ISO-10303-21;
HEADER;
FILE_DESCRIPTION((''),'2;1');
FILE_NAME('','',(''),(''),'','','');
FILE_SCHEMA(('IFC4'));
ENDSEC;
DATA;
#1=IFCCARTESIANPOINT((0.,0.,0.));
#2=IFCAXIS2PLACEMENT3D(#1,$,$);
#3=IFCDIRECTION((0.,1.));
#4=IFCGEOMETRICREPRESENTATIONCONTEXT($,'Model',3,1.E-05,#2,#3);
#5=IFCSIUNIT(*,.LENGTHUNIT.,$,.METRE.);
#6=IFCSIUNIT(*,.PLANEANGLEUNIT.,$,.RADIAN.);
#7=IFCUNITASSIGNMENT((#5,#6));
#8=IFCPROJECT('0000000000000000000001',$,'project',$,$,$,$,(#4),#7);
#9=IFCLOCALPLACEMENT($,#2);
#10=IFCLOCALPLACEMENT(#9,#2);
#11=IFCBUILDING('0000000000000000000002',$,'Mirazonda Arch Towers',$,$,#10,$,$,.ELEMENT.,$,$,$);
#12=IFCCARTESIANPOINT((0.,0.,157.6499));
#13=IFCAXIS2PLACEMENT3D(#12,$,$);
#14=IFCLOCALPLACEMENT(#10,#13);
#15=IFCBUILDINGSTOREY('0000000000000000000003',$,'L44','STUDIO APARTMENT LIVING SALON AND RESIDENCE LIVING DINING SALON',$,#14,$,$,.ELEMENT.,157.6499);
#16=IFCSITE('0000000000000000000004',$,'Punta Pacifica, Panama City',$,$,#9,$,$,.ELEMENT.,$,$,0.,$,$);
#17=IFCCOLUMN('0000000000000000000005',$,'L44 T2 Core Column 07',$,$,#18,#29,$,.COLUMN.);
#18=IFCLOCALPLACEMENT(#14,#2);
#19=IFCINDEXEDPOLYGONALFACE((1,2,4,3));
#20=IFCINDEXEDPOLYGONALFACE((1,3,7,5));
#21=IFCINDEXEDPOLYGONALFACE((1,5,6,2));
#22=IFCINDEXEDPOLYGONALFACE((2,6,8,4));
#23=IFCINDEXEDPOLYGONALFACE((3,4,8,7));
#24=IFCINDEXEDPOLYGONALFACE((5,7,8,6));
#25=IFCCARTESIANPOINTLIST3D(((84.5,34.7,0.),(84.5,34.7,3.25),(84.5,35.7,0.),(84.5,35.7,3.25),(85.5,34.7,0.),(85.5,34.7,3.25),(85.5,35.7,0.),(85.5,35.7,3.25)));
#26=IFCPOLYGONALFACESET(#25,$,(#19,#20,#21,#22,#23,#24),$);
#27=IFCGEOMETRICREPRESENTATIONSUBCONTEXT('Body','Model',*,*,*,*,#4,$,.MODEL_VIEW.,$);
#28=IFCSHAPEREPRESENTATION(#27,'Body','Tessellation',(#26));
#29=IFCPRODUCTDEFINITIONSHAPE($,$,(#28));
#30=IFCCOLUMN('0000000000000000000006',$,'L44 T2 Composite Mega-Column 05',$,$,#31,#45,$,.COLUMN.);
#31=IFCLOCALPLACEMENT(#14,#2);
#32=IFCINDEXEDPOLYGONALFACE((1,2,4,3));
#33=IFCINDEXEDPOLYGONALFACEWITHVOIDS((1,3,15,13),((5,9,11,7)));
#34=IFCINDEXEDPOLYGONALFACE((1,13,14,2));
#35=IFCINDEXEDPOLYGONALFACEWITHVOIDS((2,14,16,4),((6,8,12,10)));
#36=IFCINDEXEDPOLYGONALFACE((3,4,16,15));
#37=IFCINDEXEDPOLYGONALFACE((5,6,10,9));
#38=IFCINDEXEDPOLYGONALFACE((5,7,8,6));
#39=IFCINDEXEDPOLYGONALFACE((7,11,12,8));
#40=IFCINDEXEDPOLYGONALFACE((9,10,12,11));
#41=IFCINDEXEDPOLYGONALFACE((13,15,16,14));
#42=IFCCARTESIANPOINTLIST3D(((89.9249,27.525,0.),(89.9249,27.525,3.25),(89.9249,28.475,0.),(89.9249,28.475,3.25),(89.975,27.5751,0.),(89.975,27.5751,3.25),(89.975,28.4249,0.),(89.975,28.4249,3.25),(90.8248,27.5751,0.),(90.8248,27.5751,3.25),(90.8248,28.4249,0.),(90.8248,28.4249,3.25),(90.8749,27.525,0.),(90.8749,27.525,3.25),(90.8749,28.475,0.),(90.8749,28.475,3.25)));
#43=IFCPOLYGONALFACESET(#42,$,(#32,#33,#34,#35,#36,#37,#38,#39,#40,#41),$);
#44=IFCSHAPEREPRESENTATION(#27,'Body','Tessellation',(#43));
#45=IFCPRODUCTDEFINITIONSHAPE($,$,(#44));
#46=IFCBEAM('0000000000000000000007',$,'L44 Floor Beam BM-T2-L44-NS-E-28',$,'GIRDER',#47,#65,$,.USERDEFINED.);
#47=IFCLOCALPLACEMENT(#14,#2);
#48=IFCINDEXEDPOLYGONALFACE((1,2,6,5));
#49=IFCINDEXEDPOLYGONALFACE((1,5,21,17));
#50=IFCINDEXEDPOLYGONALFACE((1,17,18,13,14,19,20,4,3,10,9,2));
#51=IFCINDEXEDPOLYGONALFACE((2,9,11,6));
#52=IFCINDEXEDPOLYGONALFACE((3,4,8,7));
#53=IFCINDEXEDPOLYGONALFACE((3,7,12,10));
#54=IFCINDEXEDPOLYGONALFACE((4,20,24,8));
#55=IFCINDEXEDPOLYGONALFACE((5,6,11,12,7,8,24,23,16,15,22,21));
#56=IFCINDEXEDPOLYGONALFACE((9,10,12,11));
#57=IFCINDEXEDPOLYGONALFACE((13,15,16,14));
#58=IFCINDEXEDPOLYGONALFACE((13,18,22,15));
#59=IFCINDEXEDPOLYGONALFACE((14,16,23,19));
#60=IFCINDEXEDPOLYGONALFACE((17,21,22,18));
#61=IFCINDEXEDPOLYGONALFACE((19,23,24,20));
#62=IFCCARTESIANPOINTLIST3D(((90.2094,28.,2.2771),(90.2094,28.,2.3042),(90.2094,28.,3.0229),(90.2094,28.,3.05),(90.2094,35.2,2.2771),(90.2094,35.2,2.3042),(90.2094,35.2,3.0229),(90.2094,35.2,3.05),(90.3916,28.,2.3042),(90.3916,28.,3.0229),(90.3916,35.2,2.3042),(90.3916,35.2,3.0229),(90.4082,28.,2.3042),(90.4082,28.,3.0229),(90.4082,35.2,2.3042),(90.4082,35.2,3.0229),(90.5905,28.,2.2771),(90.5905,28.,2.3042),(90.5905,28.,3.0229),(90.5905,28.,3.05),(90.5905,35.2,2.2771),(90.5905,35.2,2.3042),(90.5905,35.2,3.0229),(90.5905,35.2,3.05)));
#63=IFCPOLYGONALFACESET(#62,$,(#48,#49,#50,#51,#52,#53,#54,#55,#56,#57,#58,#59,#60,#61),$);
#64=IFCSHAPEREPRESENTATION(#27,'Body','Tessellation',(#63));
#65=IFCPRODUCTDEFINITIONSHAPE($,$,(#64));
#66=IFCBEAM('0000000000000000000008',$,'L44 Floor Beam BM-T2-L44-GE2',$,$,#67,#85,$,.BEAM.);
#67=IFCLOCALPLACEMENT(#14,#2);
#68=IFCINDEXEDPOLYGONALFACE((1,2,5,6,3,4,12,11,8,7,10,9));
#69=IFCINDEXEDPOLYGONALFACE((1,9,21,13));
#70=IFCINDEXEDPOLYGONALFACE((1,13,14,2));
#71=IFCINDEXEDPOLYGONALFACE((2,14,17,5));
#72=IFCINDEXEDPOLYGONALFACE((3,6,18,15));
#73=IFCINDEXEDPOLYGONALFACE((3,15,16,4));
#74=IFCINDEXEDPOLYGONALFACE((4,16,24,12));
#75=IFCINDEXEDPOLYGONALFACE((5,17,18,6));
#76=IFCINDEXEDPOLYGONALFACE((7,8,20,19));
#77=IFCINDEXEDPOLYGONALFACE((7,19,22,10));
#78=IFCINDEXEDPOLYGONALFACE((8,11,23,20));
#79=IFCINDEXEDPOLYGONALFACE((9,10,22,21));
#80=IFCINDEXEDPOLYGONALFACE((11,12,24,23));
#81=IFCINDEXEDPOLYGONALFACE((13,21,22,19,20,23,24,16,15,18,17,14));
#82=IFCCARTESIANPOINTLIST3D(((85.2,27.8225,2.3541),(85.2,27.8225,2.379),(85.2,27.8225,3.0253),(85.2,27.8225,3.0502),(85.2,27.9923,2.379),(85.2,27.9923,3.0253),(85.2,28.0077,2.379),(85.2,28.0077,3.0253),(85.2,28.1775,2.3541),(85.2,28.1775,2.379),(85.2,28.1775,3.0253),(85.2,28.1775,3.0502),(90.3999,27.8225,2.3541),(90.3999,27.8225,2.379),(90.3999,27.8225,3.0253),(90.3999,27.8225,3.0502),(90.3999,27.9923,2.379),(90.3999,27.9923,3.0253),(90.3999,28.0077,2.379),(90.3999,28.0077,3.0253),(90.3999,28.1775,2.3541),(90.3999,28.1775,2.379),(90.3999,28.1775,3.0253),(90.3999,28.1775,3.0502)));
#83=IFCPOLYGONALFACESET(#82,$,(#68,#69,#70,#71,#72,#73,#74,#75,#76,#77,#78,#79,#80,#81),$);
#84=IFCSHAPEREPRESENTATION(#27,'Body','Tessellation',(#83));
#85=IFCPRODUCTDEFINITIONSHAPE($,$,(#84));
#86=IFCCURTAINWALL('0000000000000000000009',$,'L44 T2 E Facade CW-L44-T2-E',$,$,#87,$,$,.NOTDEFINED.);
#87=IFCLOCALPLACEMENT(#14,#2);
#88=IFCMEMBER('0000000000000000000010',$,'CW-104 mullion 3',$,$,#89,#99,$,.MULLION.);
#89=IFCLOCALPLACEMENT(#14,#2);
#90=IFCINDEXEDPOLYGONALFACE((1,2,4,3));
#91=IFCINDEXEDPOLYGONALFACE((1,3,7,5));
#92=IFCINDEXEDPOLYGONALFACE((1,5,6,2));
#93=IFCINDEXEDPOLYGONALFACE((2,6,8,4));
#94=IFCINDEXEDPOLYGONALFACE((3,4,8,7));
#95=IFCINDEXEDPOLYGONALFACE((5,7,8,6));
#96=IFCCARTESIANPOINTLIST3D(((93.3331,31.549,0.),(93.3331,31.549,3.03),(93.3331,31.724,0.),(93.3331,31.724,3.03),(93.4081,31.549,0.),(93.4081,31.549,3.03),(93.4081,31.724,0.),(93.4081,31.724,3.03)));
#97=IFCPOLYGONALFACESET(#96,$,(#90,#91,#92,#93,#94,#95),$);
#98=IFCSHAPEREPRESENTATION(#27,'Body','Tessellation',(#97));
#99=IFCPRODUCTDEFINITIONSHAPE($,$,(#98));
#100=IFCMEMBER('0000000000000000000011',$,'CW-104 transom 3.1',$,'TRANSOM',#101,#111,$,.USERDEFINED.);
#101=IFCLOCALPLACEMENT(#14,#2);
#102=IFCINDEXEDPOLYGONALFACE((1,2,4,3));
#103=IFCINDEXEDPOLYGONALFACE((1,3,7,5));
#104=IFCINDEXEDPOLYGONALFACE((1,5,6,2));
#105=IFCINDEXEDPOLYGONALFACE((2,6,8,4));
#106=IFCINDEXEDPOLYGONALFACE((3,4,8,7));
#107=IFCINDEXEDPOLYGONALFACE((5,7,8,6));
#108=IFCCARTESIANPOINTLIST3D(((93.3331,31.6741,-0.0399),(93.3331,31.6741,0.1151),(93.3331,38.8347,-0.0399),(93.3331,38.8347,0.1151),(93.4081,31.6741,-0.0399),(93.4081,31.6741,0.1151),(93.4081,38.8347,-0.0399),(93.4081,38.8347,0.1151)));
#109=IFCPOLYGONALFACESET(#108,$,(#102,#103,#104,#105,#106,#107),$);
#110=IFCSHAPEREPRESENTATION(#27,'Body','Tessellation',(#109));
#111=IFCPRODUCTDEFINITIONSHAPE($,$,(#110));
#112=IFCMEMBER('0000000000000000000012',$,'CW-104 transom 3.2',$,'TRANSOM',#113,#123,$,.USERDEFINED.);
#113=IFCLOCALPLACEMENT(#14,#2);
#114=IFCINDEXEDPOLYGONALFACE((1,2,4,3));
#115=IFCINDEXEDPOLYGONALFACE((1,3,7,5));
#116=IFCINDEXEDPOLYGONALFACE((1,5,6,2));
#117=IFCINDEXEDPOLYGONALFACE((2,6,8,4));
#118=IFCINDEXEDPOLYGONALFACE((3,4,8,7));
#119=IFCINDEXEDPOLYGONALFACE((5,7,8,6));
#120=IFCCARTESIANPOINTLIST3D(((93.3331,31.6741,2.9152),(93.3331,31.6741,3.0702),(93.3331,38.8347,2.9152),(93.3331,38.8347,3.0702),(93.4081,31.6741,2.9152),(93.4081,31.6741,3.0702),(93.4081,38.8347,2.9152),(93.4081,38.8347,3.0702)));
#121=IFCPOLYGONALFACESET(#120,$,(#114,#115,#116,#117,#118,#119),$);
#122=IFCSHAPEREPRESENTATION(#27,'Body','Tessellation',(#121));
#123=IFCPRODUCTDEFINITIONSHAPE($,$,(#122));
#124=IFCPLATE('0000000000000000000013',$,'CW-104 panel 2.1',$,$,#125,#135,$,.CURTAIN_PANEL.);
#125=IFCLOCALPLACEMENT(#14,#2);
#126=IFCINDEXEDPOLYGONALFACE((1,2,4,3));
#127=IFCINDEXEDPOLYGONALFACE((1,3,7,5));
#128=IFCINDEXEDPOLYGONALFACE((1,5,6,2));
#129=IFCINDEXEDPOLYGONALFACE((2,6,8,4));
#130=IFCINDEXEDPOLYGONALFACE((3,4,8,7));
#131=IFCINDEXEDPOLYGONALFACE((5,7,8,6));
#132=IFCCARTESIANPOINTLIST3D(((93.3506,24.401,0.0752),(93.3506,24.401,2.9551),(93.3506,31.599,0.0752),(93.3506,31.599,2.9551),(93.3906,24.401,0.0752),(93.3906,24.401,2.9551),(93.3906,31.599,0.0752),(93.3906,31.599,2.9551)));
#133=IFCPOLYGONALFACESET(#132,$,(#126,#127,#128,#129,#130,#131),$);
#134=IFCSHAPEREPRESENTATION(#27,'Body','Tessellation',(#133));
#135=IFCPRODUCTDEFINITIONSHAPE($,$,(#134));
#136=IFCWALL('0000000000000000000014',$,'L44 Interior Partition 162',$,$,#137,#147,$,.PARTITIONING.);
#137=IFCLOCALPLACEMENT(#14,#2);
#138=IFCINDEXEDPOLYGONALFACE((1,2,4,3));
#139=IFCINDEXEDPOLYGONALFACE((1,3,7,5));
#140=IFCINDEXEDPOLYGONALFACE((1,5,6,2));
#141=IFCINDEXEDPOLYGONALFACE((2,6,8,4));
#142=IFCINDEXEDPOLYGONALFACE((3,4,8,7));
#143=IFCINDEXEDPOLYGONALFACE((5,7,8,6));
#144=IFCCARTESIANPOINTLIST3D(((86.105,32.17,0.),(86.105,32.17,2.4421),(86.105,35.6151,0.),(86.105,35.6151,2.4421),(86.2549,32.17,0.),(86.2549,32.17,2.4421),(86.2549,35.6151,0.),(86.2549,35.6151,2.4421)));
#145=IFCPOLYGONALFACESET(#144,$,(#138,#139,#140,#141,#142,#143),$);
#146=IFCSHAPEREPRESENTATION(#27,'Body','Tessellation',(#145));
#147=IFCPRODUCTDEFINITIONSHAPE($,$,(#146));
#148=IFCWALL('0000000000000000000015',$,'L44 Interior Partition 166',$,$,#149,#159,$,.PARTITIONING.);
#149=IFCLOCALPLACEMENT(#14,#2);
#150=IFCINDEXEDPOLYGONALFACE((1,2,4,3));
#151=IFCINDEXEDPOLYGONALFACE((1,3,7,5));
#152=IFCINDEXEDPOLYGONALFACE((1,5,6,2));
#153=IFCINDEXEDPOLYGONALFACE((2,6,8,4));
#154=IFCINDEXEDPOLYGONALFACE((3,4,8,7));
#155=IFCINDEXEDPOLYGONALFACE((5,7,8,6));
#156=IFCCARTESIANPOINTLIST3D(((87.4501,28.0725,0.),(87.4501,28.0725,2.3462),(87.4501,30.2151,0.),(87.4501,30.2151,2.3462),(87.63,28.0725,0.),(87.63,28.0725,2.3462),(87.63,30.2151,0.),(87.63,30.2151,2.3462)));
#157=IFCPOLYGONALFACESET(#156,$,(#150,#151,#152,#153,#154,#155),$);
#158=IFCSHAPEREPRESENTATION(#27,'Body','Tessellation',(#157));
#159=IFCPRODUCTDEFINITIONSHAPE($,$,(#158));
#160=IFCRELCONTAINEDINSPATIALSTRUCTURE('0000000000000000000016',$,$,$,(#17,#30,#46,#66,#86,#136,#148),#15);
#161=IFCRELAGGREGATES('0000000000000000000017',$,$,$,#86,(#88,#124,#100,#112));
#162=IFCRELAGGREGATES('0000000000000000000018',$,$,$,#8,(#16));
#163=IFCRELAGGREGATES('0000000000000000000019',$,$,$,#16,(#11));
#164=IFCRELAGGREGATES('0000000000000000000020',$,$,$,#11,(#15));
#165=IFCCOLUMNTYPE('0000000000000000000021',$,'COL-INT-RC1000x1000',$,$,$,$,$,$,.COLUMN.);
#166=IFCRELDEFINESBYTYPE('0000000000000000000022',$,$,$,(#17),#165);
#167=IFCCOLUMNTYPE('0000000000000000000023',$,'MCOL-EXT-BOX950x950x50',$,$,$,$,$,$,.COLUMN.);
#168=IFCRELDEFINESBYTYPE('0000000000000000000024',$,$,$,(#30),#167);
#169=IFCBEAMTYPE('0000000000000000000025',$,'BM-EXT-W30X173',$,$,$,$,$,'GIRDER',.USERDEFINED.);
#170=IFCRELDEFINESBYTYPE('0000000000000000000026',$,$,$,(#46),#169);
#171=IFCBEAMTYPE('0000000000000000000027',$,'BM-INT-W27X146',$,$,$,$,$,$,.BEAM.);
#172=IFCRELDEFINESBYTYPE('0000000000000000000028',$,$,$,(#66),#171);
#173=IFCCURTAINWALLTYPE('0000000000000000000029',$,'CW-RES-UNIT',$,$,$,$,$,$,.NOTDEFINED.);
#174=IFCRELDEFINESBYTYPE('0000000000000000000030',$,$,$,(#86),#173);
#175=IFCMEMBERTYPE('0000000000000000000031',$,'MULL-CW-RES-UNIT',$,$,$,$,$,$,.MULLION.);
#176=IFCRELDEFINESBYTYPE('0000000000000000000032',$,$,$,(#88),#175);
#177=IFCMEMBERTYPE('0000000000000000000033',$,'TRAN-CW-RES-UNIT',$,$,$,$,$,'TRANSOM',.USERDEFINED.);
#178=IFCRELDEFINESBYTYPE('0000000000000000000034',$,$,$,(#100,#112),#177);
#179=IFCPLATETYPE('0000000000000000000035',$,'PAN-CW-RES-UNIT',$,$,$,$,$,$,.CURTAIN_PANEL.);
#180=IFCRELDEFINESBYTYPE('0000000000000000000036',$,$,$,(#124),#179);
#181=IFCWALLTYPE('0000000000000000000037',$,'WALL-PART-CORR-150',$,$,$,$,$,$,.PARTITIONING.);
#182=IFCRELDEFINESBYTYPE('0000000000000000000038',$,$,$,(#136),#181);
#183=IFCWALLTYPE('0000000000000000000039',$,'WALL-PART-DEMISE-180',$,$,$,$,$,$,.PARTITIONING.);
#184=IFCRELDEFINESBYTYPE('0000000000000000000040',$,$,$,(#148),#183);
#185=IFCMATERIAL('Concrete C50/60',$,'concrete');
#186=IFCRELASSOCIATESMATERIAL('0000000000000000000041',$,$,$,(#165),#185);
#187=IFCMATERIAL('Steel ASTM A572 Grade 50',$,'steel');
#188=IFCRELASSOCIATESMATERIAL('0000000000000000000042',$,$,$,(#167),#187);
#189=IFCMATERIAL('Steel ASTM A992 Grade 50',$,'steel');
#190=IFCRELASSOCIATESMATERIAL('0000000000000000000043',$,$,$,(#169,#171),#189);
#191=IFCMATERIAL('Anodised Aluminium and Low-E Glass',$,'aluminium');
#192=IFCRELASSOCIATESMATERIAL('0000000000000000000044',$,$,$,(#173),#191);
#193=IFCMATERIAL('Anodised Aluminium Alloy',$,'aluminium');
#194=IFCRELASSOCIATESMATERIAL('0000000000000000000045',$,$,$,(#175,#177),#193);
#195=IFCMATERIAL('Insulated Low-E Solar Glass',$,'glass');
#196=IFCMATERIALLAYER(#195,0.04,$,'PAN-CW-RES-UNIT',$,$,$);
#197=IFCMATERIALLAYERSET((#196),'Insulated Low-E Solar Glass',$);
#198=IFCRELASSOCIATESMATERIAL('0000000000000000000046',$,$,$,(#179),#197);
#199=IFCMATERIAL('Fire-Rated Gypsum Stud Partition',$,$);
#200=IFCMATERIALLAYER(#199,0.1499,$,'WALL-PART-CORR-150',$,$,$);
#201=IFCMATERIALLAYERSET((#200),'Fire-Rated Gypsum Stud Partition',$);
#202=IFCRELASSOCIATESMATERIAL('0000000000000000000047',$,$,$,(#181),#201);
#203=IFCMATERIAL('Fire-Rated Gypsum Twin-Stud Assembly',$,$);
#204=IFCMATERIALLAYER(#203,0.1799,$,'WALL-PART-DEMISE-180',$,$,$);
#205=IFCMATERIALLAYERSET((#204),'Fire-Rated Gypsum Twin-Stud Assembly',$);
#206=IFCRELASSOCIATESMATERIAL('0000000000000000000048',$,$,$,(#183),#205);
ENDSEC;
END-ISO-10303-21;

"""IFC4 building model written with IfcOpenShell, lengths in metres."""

from ifc_helpers import new_model, si_unit, direction, frame, frame_2d, origin, origin_2d, place, context, subcontext, project, spatial, rectangle, hollow_rectangle, i_section, extrude, material, layer, layer_set, material_profile, profile_set, type_object, element, aggregate, save


model = new_model("IFC4")

# Units and contexts
model_context = context("Model", 3, precision=1e-05, world=origin(), true_north=direction((0.0, 1.0)))
body_context = subcontext(model_context, "Body", "Model", "MODEL_VIEW")
ifc_project = project(units=[si_unit("LENGTHUNIT", "METRE"), si_unit("PLANEANGLEUNIT", "RADIAN")], contexts=[model_context])

# Site, building, storey
site_placement = place(None, origin())
site = spatial("IfcSite", under=ifc_project, at=site_placement, Name="Punta Pacifica, Panama City", CompositionType="ELEMENT", RefElevation=0.0)
building_placement = place(site_placement, origin())
building = spatial("IfcBuilding", under=site, at=building_placement, Name="Mirazonda Arch Towers", CompositionType="ELEMENT")
storey_placement = place(building_placement, frame((0.0, 0.0, 157.6499)))
storey = spatial("IfcBuildingStorey", under=building, at=storey_placement, Name="L44", Description="STUDIO APARTMENT LIVING SALON AND RESIDENCE LIVING DINING SALON", CompositionType="ELEMENT", Elevation=157.6499)

# Columns
ifc_material_1 = material(Name="Concrete C50/60", Category="concrete")
ifc_material_profile_1 = material_profile(ifc_material_1, rectangle(XDim=1.0, YDim=1.0, at=origin_2d()), Name="RC1000x1000")
ifc_profile_set_1 = profile_set([ifc_material_profile_1], Name="Concrete C50/60")
column_type_1 = type_object("IfcColumnType", Name="COL-INT-RC1000x1000", PredefinedType="COLUMN", material=ifc_profile_set_1)
column_1_placement = place(storey_placement, frame((85.0, 35.2, 0.0), z_axis=(0.0, 0.0, 1.0), x_axis=(1.0, 0.0, 0.0)))
element("IfcColumn", 1, at=column_1_placement, inside=storey, type_object=column_type_1, Name="L44 T2 Core Column 07", PredefinedType="COLUMN", context=body_context, shape_type="SweptSolid", body=[
    extrude(rectangle(XDim=1.0, YDim=1.0, at=origin_2d()), origin(), (0.0, 0.0, 1.0), 3.25),
])
ifc_material_2 = material(Name="Steel ASTM A572 Grade 50", Category="steel")
ifc_material_profile_2 = material_profile(ifc_material_2, hollow_rectangle(XDim=0.95, YDim=0.95, WallThickness=0.05, at=origin_2d()), Name="BOX950x950x50")
ifc_profile_set_2 = profile_set([ifc_material_profile_2], Name="Steel ASTM A572 Grade 50")
column_type_2 = type_object("IfcColumnType", Name="MCOL-EXT-BOX950x950x50", PredefinedType="COLUMN", material=ifc_profile_set_2)
column_2_placement = place(storey_placement, frame((90.3999, 28.0, 0.0), z_axis=(0.0, 0.0, 1.0), x_axis=(1.0, 0.0, 0.0)))
element("IfcColumn", 2, at=column_2_placement, inside=storey, type_object=column_type_2, Name="L44 T2 Composite Mega-Column 05", PredefinedType="COLUMN", context=body_context, shape_type="SweptSolid", body=[
    extrude(hollow_rectangle(XDim=0.95, YDim=0.95, WallThickness=0.05, at=origin_2d()), origin(), (0.0, 0.0, 1.0), 3.25),
])

# Beams
ifc_material_3 = material(Name="Steel ASTM A992 Grade 50", Category="steel")
ifc_material_profile_3 = material_profile(ifc_material_3, i_section(OverallWidth=0.3811, OverallDepth=0.7729, WebThickness=0.0166, FlangeThickness=0.0271, at=origin_2d()), Name="W30X173")
ifc_profile_set_3 = profile_set([ifc_material_profile_3], Name="Steel ASTM A992 Grade 50")
beam_type_1 = type_object("IfcBeamType", Name="BM-EXT-W30X173", ElementType="GIRDER", PredefinedType="USERDEFINED", material=ifc_profile_set_3)
beam_1_placement = place(storey_placement, frame((90.3999, 28.0, 2.6636), z_axis=(0.0, 1.0, 0.0), x_axis=(-1.0, 0.0, 0.0)))
element("IfcBeam", 3, at=beam_1_placement, inside=storey, type_object=beam_type_1, Name="L44 Floor Beam BM-T2-L44-NS-E-28", ObjectType="GIRDER", PredefinedType="USERDEFINED", context=body_context, shape_type="SweptSolid", body=[
    extrude(i_section(OverallWidth=0.3811, OverallDepth=0.7729, WebThickness=0.0166, FlangeThickness=0.0271, at=origin_2d()), origin(), (0.0, 0.0, 1.0), 7.2),
])
ifc_material_profile_4 = material_profile(ifc_material_3, i_section(OverallWidth=0.355, OverallDepth=0.696, WebThickness=0.0154, FlangeThickness=0.0249, at=origin_2d()), Name="W27X146")
ifc_profile_set_4 = profile_set([ifc_material_profile_4], Name="Steel ASTM A992 Grade 50")
beam_type_2 = type_object("IfcBeamType", Name="BM-INT-W27X146", PredefinedType="BEAM", material=ifc_profile_set_4)
beam_2_placement = place(storey_placement, frame((85.2, 28.0, 2.7021), z_axis=(1.0, 0.0, 0.0), x_axis=(0.0, 1.0, 0.0)))
element("IfcBeam", 4, at=beam_2_placement, inside=storey, type_object=beam_type_2, Name="L44 Floor Beam BM-T2-L44-GE2", PredefinedType="BEAM", context=body_context, shape_type="SweptSolid", body=[
    extrude(i_section(OverallWidth=0.355, OverallDepth=0.696, WebThickness=0.0154, FlangeThickness=0.0249, at=origin_2d()), origin(), (0.0, 0.0, 1.0), 5.2),
])

# Curtain wall, members, plate
ifc_material_4 = material(Name="Anodised Aluminium and Low-E Glass", Category="aluminium")
curtain_wall_type = type_object("IfcCurtainWallType", Name="CW-RES-UNIT", PredefinedType="NOTDEFINED", material=ifc_material_4)
curtain_wall_placement = place(storey_placement, origin())
curtain_wall = element("IfcCurtainWall", 5, at=curtain_wall_placement, inside=storey, type_object=curtain_wall_type, Name="L44 T2 E Facade CW-L44-T2-E", PredefinedType="NOTDEFINED")
ifc_material_5 = material(Name="Anodised Aluminium Alloy", Category="aluminium")
ifc_material_profile_5 = material_profile(ifc_material_5, rectangle(XDim=0.075, YDim=0.175, at=origin_2d()), Name="ALU-MULL-75x175")
ifc_profile_set_5 = profile_set([ifc_material_profile_5], Name="Anodised Aluminium Alloy")
member_type_1 = type_object("IfcMemberType", Name="MULL-CW-RES-UNIT", PredefinedType="MULLION", material=ifc_profile_set_5)
member_1_placement = place(storey_placement, frame((93.3706, 31.6365, 0.0), z_axis=(0.0, 0.0, 1.0), x_axis=(-1.0, 0.0, 0.0)))
member_1 = element("IfcMember", 6, at=member_1_placement, type_object=member_type_1, Name="CW-104 mullion 3", PredefinedType="MULLION", context=body_context, shape_type="SweptSolid", body=[
    extrude(rectangle(XDim=0.075, YDim=0.175, at=origin_2d()), origin(), (0.0, 0.0, 1.0), 3.03),
])
ifc_material_profile_6 = material_profile(ifc_material_5, rectangle(XDim=0.075, YDim=0.155, at=origin_2d()), Name="ALU-TRAN-75x155")
ifc_profile_set_6 = profile_set([ifc_material_profile_6], Name="Anodised Aluminium Alloy")
member_type_2 = type_object("IfcMemberType", Name="TRAN-CW-RES-UNIT", ElementType="TRANSOM", PredefinedType="USERDEFINED", material=ifc_profile_set_6)
member_2_placement = place(storey_placement, frame((93.3706, 31.6741, 0.0376), z_axis=(0.0, 1.0, 0.0), x_axis=(-1.0, 0.0, 0.0)))
member_2 = element("IfcMember", 7, at=member_2_placement, type_object=member_type_2, Name="CW-104 transom 3.1", ObjectType="TRANSOM", PredefinedType="USERDEFINED", context=body_context, shape_type="SweptSolid", body=[
    extrude(rectangle(XDim=0.075, YDim=0.155, at=origin_2d()), origin(), (0.0, 0.0, 1.0), 7.1606),
])
member_3_placement = place(storey_placement, frame((93.3706, 31.6741, 2.9927), z_axis=(0.0, 1.0, 0.0), x_axis=(-1.0, 0.0, 0.0)))
member_3 = element("IfcMember", 8, at=member_3_placement, type_object=member_type_2, Name="CW-104 transom 3.2", ObjectType="TRANSOM", PredefinedType="USERDEFINED", context=body_context, shape_type="SweptSolid", body=[
    extrude(rectangle(XDim=0.075, YDim=0.155, at=origin_2d()), origin(), (0.0, 0.0, 1.0), 7.1606),
])
ifc_material_6 = material(Name="Insulated Low-E Solar Glass", Category="glass")
ifc_layer_1 = layer(ifc_material_6, 0.04, Name="PAN-CW-RES-UNIT")
ifc_layer_set_1 = layer_set([ifc_layer_1], Name="Insulated Low-E Solar Glass")
plate_type = type_object("IfcPlateType", Name="PAN-CW-RES-UNIT", PredefinedType="CURTAIN_PANEL", material=ifc_layer_set_1)
plate_placement = place(storey_placement, frame((93.3706, 28.0, 0.0752), z_axis=(0.0, 0.0, 1.0), x_axis=(0.0, 1.0, 0.0)))
plate = element("IfcPlate", 9, at=plate_placement, type_object=plate_type, Name="CW-104 panel 2.1", PredefinedType="CURTAIN_PANEL", context=body_context, shape_type="SweptSolid", body=[
    extrude(rectangle(XDim=7.198, YDim=0.04, at=origin_2d()), origin(), (0.0, 0.0, 1.0), 2.8799),
])
aggregate(curtain_wall, [member_1, plate, member_2, member_3])

# Shared definitions
ifc_material_7 = material(Name="Fire-Rated Gypsum Stud Partition")
ifc_layer_2 = layer(ifc_material_7, 0.1499, Name="WALL-PART-CORR-150")
ifc_layer_set_2 = layer_set([ifc_layer_2], Name="Fire-Rated Gypsum Stud Partition")
wall_type_1 = type_object("IfcWallType", Name="WALL-PART-CORR-150", PredefinedType="PARTITIONING", material=ifc_layer_set_2)

# Walls
wall_1_placement = place(storey_placement, frame((86.1799, 32.1699, 0.0), z_axis=(0.0, 0.0, 1.0), x_axis=(0.0, 1.0, 0.0)))
element("IfcWall", 10, at=wall_1_placement, inside=storey, type_object=wall_type_1, Name="L44 Interior Partition 162", PredefinedType="PARTITIONING", context=body_context, shape_type="SweptSolid", body=[
    extrude(rectangle(XDim=3.4451, YDim=0.1499, at=frame_2d((1.7227, 0.0))), origin(), (0.0, 0.0, 1.0), 2.4421),
])
ifc_material_8 = material(Name="Fire-Rated Gypsum Twin-Stud Assembly")
ifc_layer_3 = layer(ifc_material_8, 0.1799, Name="WALL-PART-DEMISE-180")
ifc_layer_set_3 = layer_set([ifc_layer_3], Name="Fire-Rated Gypsum Twin-Stud Assembly")
wall_type_2 = type_object("IfcWallType", Name="WALL-PART-DEMISE-180", PredefinedType="PARTITIONING", material=ifc_layer_set_3)
wall_2_placement = place(storey_placement, frame((87.54, 28.0725, 0.0), z_axis=(0.0, 0.0, 1.0), x_axis=(0.0, 1.0, 0.0)))
element("IfcWall", 11, at=wall_2_placement, inside=storey, type_object=wall_type_2, Name="L44 Interior Partition 166", PredefinedType="PARTITIONING", context=body_context, shape_type="SweptSolid", body=[
    extrude(rectangle(XDim=2.1426, YDim=0.1799, at=frame_2d((1.0713, 0.0))), origin(), (0.0, 0.0, 1.0), 2.3462),
])

save(model, "model.ifc")
